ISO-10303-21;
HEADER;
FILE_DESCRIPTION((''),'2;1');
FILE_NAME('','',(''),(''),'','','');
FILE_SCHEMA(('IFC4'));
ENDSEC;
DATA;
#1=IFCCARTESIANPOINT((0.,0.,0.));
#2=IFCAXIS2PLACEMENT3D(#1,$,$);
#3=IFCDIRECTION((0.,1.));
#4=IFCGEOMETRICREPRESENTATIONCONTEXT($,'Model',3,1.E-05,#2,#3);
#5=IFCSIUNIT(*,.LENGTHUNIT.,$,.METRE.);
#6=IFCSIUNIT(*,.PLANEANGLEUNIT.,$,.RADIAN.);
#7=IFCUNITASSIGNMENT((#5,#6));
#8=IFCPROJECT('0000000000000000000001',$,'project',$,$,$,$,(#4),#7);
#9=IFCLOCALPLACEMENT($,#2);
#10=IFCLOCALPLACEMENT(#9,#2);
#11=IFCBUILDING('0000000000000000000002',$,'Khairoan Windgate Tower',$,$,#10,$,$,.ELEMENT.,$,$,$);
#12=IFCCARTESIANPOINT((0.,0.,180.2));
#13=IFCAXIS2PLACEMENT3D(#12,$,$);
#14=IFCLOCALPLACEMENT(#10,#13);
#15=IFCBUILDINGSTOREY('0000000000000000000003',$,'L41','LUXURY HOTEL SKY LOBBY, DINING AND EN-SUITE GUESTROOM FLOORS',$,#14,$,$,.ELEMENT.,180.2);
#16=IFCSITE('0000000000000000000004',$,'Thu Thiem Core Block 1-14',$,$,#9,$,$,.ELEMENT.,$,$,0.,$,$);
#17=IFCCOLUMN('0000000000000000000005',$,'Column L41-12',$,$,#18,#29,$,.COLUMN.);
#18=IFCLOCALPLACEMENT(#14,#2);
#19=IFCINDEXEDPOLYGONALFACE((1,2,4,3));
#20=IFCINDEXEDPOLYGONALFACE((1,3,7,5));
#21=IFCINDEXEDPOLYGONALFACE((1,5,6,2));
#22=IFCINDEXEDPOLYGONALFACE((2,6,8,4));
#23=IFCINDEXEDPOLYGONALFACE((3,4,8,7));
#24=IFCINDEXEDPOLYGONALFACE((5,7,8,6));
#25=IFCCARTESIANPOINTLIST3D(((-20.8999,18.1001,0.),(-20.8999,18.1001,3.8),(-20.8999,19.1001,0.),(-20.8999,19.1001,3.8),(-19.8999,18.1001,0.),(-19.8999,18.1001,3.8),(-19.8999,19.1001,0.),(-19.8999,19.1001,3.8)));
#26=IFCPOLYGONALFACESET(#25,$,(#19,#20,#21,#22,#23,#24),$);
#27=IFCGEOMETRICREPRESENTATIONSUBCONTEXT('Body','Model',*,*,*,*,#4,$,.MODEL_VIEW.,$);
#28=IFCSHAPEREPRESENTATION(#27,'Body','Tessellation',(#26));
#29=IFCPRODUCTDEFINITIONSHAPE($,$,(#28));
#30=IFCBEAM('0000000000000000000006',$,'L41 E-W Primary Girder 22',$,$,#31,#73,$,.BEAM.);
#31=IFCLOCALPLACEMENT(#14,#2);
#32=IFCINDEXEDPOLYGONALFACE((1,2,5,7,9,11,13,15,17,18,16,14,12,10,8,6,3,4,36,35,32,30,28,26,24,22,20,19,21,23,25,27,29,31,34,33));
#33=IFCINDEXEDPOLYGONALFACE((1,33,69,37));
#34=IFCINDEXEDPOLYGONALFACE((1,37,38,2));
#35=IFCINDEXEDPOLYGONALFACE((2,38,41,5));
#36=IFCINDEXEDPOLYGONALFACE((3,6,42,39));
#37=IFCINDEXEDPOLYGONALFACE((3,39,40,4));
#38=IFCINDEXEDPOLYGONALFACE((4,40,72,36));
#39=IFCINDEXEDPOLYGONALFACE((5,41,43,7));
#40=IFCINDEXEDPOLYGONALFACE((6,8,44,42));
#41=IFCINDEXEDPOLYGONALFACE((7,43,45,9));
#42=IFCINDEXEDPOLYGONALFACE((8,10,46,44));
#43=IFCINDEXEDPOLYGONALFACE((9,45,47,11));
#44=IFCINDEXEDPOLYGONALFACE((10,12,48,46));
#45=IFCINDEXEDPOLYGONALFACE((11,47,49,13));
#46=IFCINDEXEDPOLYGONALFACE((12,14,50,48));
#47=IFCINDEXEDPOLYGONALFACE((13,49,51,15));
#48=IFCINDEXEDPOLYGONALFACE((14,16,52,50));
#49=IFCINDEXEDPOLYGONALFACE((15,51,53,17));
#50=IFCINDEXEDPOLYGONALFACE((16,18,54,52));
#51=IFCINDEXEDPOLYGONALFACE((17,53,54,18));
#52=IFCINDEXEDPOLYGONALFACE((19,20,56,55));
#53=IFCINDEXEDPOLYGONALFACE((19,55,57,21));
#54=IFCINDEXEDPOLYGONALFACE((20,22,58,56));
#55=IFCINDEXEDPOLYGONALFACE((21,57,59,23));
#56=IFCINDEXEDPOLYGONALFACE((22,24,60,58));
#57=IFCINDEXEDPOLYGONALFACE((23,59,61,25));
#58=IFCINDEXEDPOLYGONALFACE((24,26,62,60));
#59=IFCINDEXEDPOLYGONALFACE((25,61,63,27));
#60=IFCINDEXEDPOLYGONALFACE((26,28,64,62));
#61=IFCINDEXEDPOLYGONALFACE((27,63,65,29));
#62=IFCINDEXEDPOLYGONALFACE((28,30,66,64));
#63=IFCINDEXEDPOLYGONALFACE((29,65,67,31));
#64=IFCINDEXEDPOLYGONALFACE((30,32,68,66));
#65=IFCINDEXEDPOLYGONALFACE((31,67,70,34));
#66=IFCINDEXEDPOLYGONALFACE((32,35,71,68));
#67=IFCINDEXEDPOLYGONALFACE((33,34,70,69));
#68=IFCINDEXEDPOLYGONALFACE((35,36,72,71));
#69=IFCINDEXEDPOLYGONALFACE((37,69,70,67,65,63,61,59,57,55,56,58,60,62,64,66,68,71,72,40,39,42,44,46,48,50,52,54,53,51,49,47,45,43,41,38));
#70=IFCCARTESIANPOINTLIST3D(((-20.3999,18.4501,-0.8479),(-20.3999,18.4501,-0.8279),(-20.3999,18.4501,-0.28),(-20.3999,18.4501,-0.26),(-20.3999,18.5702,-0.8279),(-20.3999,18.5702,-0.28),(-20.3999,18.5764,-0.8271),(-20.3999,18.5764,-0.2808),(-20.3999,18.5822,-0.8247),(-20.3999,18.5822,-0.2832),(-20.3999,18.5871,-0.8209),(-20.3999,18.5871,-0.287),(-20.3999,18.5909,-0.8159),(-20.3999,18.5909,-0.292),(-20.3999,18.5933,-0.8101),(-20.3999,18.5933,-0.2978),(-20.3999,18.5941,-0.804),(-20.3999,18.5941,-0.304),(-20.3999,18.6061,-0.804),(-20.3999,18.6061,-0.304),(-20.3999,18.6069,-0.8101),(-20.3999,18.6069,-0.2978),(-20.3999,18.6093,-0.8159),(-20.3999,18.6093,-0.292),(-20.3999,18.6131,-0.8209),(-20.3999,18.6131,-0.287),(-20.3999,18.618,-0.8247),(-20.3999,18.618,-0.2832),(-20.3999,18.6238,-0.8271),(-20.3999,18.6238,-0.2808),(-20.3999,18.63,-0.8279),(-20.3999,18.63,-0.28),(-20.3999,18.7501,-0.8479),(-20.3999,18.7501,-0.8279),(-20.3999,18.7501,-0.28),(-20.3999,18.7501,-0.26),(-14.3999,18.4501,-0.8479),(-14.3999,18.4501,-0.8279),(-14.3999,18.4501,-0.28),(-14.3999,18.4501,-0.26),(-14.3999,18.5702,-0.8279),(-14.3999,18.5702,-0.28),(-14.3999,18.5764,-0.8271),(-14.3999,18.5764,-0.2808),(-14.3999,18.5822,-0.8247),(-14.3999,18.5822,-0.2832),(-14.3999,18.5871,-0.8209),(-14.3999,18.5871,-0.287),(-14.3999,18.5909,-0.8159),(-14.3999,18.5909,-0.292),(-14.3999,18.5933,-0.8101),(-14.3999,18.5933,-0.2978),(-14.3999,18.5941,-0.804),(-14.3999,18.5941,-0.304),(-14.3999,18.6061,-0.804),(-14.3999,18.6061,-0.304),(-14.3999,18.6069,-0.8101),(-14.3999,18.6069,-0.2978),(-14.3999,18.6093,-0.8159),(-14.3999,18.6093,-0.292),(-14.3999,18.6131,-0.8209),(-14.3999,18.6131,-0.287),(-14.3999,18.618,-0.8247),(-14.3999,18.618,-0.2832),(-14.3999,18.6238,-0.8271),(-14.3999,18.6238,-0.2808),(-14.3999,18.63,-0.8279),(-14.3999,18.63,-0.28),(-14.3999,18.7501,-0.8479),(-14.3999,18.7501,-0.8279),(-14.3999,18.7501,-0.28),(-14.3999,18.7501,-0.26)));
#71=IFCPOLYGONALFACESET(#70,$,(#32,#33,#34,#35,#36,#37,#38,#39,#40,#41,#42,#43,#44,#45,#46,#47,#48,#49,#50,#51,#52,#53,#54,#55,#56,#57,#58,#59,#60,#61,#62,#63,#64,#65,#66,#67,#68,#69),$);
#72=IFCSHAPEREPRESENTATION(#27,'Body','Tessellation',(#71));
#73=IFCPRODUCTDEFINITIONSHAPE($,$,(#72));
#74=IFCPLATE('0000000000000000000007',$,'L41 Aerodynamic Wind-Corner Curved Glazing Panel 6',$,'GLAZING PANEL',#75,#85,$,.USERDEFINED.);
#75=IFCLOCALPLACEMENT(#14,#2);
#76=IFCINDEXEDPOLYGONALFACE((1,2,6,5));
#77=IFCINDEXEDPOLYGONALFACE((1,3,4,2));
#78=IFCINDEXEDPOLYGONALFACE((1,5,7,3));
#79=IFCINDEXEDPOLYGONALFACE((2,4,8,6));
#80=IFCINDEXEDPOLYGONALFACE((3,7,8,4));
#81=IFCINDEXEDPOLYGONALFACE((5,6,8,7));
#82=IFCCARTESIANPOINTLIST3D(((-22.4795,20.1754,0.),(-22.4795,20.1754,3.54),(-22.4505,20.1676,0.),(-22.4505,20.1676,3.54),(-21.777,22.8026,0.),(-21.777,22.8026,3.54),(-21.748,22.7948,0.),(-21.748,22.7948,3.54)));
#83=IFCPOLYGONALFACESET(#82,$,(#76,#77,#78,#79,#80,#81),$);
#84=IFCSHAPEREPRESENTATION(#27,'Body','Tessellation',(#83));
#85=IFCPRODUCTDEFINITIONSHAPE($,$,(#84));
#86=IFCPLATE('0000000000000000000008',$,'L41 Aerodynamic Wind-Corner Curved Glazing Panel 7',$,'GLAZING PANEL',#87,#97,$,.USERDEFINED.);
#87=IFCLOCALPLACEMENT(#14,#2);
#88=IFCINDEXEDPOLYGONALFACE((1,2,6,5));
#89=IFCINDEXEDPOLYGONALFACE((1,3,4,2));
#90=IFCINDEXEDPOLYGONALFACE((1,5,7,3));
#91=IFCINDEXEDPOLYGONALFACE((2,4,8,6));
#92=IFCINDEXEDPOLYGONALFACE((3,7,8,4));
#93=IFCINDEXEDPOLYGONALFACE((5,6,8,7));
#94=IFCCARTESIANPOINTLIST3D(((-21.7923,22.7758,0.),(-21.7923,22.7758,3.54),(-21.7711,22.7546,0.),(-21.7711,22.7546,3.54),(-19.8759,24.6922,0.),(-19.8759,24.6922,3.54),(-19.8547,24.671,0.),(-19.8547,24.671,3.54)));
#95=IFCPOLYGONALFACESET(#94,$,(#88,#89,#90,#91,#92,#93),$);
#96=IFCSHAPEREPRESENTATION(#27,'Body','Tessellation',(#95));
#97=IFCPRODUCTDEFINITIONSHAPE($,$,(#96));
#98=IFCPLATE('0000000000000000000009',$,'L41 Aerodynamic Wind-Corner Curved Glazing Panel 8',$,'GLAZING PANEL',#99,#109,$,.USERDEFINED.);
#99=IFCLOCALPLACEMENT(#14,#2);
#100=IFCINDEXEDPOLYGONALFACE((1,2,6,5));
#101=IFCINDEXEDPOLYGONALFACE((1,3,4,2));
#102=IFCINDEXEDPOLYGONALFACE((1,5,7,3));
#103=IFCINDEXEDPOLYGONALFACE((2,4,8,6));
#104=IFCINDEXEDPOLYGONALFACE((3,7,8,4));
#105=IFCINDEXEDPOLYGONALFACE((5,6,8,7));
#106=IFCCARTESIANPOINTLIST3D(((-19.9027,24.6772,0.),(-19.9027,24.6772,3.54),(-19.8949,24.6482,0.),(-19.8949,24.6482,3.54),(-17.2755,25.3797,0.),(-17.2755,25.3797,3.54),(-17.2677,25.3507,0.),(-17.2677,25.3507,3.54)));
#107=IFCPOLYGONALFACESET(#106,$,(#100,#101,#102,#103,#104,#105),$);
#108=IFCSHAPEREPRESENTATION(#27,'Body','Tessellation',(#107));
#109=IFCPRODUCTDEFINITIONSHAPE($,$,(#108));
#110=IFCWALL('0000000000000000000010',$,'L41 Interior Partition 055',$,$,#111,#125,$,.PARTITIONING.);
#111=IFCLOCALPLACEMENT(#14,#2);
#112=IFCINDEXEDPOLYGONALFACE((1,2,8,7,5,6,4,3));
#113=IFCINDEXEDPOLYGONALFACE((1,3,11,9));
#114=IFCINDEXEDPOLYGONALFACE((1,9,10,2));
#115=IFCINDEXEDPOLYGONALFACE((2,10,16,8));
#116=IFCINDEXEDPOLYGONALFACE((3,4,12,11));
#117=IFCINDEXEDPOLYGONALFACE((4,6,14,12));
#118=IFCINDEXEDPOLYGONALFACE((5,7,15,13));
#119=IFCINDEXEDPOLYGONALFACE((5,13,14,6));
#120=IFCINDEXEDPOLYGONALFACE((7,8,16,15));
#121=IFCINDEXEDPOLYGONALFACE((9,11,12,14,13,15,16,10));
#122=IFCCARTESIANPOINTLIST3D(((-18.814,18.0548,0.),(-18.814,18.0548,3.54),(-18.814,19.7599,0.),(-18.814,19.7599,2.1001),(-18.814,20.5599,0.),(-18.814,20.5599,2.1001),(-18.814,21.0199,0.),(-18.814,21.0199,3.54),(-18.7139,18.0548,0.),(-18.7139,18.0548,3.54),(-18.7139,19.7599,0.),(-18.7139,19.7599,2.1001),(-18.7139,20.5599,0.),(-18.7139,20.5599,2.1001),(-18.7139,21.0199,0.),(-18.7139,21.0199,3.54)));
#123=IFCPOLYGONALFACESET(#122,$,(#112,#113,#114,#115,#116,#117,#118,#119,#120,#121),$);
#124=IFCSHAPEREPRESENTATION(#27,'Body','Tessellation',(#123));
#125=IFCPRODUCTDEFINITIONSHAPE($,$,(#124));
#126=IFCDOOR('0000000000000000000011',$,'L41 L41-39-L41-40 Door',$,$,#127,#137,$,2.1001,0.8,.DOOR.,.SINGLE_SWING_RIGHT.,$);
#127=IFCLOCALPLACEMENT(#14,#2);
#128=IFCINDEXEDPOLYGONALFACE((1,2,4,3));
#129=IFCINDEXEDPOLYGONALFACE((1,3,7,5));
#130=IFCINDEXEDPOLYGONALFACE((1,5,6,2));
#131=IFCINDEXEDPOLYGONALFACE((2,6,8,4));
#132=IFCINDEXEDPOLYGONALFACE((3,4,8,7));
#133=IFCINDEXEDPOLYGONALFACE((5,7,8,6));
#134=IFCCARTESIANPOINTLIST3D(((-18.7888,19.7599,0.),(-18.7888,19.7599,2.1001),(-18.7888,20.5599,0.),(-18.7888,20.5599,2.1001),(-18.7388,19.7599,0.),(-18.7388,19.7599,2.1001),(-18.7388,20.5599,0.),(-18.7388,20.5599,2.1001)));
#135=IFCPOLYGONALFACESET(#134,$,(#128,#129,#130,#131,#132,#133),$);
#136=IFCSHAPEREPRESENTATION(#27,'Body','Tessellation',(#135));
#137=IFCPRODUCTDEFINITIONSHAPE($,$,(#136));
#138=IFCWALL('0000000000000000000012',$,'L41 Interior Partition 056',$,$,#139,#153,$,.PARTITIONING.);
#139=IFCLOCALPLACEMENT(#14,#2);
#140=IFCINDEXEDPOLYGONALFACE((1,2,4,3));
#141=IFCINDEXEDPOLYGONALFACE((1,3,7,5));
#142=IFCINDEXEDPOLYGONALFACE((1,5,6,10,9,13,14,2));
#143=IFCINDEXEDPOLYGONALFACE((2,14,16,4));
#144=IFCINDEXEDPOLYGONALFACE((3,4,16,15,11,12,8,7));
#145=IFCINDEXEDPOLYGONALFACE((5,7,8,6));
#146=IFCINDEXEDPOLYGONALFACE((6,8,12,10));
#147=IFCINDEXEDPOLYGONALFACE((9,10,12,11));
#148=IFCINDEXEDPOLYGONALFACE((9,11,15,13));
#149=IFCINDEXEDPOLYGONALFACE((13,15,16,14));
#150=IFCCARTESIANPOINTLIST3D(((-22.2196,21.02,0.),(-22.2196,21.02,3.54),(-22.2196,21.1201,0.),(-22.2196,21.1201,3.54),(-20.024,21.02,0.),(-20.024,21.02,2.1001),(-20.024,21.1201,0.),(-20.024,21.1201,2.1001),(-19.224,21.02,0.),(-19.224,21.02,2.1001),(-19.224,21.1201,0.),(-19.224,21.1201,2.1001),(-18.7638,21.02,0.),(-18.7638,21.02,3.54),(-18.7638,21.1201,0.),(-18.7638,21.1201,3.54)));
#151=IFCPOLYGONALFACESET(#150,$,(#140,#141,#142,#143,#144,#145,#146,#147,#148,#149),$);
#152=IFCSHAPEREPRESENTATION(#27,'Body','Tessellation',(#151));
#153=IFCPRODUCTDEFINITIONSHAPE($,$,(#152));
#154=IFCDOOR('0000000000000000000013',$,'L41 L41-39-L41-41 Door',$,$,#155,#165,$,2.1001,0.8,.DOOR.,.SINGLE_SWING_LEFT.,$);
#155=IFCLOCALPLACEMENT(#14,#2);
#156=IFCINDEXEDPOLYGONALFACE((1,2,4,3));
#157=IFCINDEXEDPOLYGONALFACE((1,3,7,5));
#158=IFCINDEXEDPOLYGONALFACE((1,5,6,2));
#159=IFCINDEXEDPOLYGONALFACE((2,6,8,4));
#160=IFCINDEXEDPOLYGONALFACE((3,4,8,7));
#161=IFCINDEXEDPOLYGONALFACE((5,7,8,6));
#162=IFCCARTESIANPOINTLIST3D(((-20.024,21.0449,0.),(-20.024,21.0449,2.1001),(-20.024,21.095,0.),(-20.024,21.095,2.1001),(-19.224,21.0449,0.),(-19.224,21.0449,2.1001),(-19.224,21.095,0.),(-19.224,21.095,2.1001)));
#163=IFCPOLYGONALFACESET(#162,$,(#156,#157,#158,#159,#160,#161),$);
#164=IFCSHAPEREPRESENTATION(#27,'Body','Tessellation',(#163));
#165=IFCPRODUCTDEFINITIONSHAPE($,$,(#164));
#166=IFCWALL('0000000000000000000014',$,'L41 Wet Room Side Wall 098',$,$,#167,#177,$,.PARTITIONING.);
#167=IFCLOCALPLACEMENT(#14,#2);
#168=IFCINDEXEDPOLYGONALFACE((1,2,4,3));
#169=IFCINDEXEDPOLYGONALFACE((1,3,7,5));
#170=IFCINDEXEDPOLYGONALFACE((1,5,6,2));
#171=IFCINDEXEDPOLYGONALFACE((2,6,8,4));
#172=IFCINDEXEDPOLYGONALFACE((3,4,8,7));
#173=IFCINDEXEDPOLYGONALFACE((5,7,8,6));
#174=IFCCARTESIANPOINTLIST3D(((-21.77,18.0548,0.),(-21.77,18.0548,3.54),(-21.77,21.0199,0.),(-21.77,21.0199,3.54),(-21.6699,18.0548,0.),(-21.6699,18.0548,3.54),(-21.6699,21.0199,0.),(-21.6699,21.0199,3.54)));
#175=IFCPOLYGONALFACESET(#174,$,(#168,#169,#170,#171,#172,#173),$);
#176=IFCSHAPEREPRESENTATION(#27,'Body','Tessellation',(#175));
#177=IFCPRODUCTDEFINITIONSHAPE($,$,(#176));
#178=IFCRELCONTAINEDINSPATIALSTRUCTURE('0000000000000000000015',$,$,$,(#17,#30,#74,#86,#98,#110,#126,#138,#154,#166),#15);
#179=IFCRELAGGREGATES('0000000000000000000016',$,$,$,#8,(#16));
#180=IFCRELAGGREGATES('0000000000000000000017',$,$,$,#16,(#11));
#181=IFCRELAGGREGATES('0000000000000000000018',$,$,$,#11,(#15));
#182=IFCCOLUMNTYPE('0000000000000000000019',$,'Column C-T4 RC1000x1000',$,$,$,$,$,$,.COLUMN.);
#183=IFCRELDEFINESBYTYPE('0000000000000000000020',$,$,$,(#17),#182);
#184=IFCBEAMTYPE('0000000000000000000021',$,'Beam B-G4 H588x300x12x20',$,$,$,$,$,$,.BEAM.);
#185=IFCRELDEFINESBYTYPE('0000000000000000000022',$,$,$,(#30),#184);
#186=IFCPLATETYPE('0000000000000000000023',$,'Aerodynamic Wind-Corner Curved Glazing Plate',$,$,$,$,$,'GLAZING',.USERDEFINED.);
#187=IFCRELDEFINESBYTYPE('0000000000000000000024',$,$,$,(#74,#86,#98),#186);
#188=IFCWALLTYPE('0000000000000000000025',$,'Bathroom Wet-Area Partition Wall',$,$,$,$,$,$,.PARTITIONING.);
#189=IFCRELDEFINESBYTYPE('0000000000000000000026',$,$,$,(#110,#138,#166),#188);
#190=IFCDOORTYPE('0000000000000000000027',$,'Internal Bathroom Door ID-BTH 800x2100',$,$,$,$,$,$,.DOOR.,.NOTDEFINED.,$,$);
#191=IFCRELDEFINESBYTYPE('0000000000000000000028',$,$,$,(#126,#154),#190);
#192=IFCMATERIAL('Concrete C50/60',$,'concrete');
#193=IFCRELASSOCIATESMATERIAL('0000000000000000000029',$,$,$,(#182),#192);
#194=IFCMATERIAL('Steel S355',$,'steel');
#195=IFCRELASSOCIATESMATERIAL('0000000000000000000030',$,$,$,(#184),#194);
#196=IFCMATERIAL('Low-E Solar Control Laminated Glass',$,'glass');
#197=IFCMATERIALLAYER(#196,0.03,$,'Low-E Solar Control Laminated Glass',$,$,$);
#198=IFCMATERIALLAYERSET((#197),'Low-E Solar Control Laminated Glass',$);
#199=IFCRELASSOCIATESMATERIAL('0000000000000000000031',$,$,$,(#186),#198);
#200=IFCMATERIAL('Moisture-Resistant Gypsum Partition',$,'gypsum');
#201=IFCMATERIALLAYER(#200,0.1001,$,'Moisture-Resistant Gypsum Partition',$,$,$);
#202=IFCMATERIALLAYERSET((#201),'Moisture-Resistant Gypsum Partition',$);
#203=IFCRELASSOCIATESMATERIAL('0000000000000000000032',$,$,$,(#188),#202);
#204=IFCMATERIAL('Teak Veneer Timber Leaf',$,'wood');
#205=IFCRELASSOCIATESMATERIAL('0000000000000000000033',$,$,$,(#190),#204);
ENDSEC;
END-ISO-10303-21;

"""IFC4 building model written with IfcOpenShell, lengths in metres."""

from ifc_helpers import new_model, si_unit, direction, frame, frame_2d, origin, origin_2d, place, context, subcontext, project, spatial, rectangle, i_section, extrude, material, layer, layer_set, material_profile, profile_set, type_object, element, fill, save


model = new_model("IFC4")

# Units and contexts
model_context = context("Model", 3, precision=1e-05, world=origin(), true_north=direction((0.0, 1.0)))
body_context = subcontext(model_context, "Body", "Model", "MODEL_VIEW")
ifc_project = project(units=[si_unit("LENGTHUNIT", "METRE"), si_unit("PLANEANGLEUNIT", "RADIAN")], contexts=[model_context])

# Site, building, storey
site_placement = place(None, origin())
site = spatial("IfcSite", under=ifc_project, at=site_placement, Name="Thu Thiem Core Block 1-14", CompositionType="ELEMENT", RefElevation=0.0)
building_placement = place(site_placement, origin())
building = spatial("IfcBuilding", under=site, at=building_placement, Name="Khairoan Windgate Tower", CompositionType="ELEMENT")
storey_placement = place(building_placement, frame((0.0, 0.0, 180.2)))
storey = spatial("IfcBuildingStorey", under=building, at=storey_placement, Name="L41", Description="LUXURY HOTEL SKY LOBBY, DINING AND EN-SUITE GUESTROOM FLOORS", CompositionType="ELEMENT", Elevation=180.2)

# Column
ifc_material_1 = material(Name="Concrete C50/60", Category="concrete")
ifc_material_profile_1 = material_profile(ifc_material_1, rectangle(XDim=1.0, YDim=1.0, at=origin_2d()))
ifc_profile_set_1 = profile_set([ifc_material_profile_1], Name="Concrete C50/60")
column_type = type_object("IfcColumnType", Name="Column C-T4 RC1000x1000", PredefinedType="COLUMN", material=ifc_profile_set_1)
column_placement = place(storey_placement, frame((-20.3999, 18.6001, 0.0), z_axis=(0.0, 0.0, 1.0), x_axis=(1.0, 0.0, 0.0)))
element("IfcColumn", 1, at=column_placement, inside=storey, type_object=column_type, Name="Column L41-12", PredefinedType="COLUMN", context=body_context, shape_type="SweptSolid", body=[
    extrude(rectangle(XDim=1.0, YDim=1.0, at=origin_2d()), origin(), (0.0, 0.0, 1.0), 3.8),
])

# Beam
ifc_material_2 = material(Name="Steel S355", Category="steel")
ifc_material_profile_2 = material_profile(ifc_material_2, i_section(OverallWidth=0.3, OverallDepth=0.5879, WebThickness=0.012, FlangeThickness=0.02, FilletRadius=0.0239, at=origin_2d()))
ifc_profile_set_2 = profile_set([ifc_material_profile_2], Name="Steel S355")
beam_type = type_object("IfcBeamType", Name="Beam B-G4 H588x300x12x20", PredefinedType="BEAM", material=ifc_profile_set_2)
beam_placement = place(storey_placement, frame((-20.3999, 18.6001, -0.554), z_axis=(1.0, 0.0, 0.0), x_axis=(0.0, 1.0, 0.0)))
element("IfcBeam", 2, at=beam_placement, inside=storey, type_object=beam_type, Name="L41 E-W Primary Girder 22", PredefinedType="BEAM", context=body_context, shape_type="SweptSolid", body=[
    extrude(i_section(OverallWidth=0.3, OverallDepth=0.5879, WebThickness=0.012, FlangeThickness=0.02, FilletRadius=0.0239, at=origin_2d()), origin(), (0.0, 0.0, 1.0), 6.0),
])

# Plates
ifc_material_3 = material(Name="Low-E Solar Control Laminated Glass", Category="glass")
ifc_layer_1 = layer(ifc_material_3, 0.03, Name="Low-E Solar Control Laminated Glass")
ifc_layer_set_1 = layer_set([ifc_layer_1], Name="Low-E Solar Control Laminated Glass")
plate_type_1 = type_object("IfcPlateType", Name="Aerodynamic Wind-Corner Curved Glazing Plate", ElementType="GLAZING", PredefinedType="USERDEFINED", material=ifc_layer_set_1)
plate_1_placement = place(storey_placement, frame((-22.1138, 21.4851, 0.0), z_axis=(0.0, 0.0, 1.0), x_axis=(0.258313, 0.966061, 0.0)))
element("IfcPlate", 3, at=plate_1_placement, inside=storey, type_object=plate_type_1, Name="L41 Aerodynamic Wind-Corner Curved Glazing Panel 6", ObjectType="GLAZING PANEL", PredefinedType="USERDEFINED", context=body_context, shape_type="SweptSolid", body=[
    extrude(rectangle(XDim=2.7195, YDim=0.03, at=origin_2d()), origin(), (0.0, 0.0, 1.0), 3.54),
])
plate_2_placement = place(storey_placement, frame((-20.8235, 23.7234, 0.0), z_axis=(0.0, 0.0, 1.0), x_axis=(0.707107, 0.707107, 0.0)))
element("IfcPlate", 4, at=plate_2_placement, inside=storey, type_object=plate_type_1, Name="L41 Aerodynamic Wind-Corner Curved Glazing Panel 7", ObjectType="GLAZING PANEL", PredefinedType="USERDEFINED", context=body_context, shape_type="SweptSolid", body=[
    extrude(rectangle(XDim=2.7102, YDim=0.03, at=origin_2d()), origin(), (0.0, 0.0, 1.0), 3.54),
])
plate_3_placement = place(storey_placement, frame((-18.5852, 25.0139, 0.0), z_axis=(0.0, 0.0, 1.0), x_axis=(0.966061, 0.258313, 0.0)))
element("IfcPlate", 5, at=plate_3_placement, inside=storey, type_object=plate_type_1, Name="L41 Aerodynamic Wind-Corner Curved Glazing Panel 8", ObjectType="GLAZING PANEL", PredefinedType="USERDEFINED", context=body_context, shape_type="SweptSolid", body=[
    extrude(rectangle(XDim=2.7195, YDim=0.03, at=origin_2d()), origin(), (0.0, 0.0, 1.0), 3.54),
])

# Walls, openings, doors
ifc_material_4 = material(Name="Moisture-Resistant Gypsum Partition", Category="gypsum")
ifc_layer_2 = layer(ifc_material_4, 0.1001, Name="Moisture-Resistant Gypsum Partition")
ifc_layer_set_2 = layer_set([ifc_layer_2], Name="Moisture-Resistant Gypsum Partition")
wall_type_1 = type_object("IfcWallType", Name="Bathroom Wet-Area Partition Wall", PredefinedType="PARTITIONING", material=ifc_layer_set_2)
wall_1_placement = place(storey_placement, frame((-18.7639, 18.0549, 0.0), z_axis=(0.0, 0.0, 1.0), x_axis=(0.0, 1.0, 0.0)))
wall_1 = element("IfcWall", 6, at=wall_1_placement, inside=storey, type_object=wall_type_1, Name="L41 Interior Partition 055", PredefinedType="PARTITIONING", context=body_context, shape_type="SweptSolid", body=[
    extrude(rectangle(XDim=2.9651, YDim=0.1001, at=frame_2d((1.4824, 0.0))), origin(), (0.0, 0.0, 1.0), 3.54),
])
opening_1_placement = place(wall_1_placement, frame((1.7051, 0.0, 0.0)))
opening_1 = element("IfcOpeningElement", 7, at=opening_1_placement, cuts=wall_1, PredefinedType="OPENING", context=body_context, shape_type="SweptSolid", body=[
    extrude(rectangle(XDim=0.8, YDim=2.1001, at=frame_2d((0.3999, 1.05))), frame((0.0, 0.0601, 0.0), z_axis=(0.0, -1.0, 0.0), x_axis=(1.0, 0.0, 0.0)), (0.0, 0.0, 1.0), 0.1201),
])
ifc_material_5 = material(Name="Teak Veneer Timber Leaf", Category="wood")
door_type_1 = type_object("IfcDoorType", Name="Internal Bathroom Door ID-BTH 800x2100", OperationType="NOTDEFINED", PredefinedType="DOOR", material=ifc_material_5)
door_1_placement = place(opening_1_placement, origin())
door_1 = element("IfcDoor", 8, at=door_1_placement, inside=storey, type_object=door_type_1, Name="L41 L41-39-L41-40 Door", OperationType="SINGLE_SWING_RIGHT", OverallHeight=2.1001, OverallWidth=0.8, PredefinedType="DOOR", context=body_context, shape_type="SweptSolid", body=[
    extrude(rectangle(XDim=0.8, YDim=2.1001, at=frame_2d((0.3999, 1.05))), frame((0.0, 0.0249, 0.0), z_axis=(0.0, -1.0, 0.0), x_axis=(1.0, 0.0, 0.0)), (0.0, 0.0, 1.0), 0.05),
])
fill(opening_1, door_1)
wall_2_placement = place(storey_placement, frame((-22.2197, 21.0701, 0.0), z_axis=(0.0, 0.0, 1.0), x_axis=(1.0, 0.0, 0.0)))
wall_2 = element("IfcWall", 9, at=wall_2_placement, inside=storey, type_object=wall_type_1, Name="L41 Interior Partition 056", PredefinedType="PARTITIONING", context=body_context, shape_type="SweptSolid", body=[
    extrude(rectangle(XDim=3.4558, YDim=0.1001, at=frame_2d((1.728, 0.0))), origin(), (0.0, 0.0, 1.0), 3.54),
])
opening_2_placement = place(wall_2_placement, frame((2.1958, 0.0, 0.0)))
opening_2 = element("IfcOpeningElement", 10, at=opening_2_placement, cuts=wall_2, PredefinedType="OPENING", context=body_context, shape_type="SweptSolid", body=[
    extrude(rectangle(XDim=0.8, YDim=2.1001, at=frame_2d((0.3999, 1.05))), frame((0.0, 0.0601, 0.0), z_axis=(0.0, -1.0, 0.0), x_axis=(1.0, 0.0, 0.0)), (0.0, 0.0, 1.0), 0.1201),
])
door_2_placement = place(opening_2_placement, origin())
door_2 = element("IfcDoor", 11, at=door_2_placement, inside=storey, type_object=door_type_1, Name="L41 L41-39-L41-41 Door", OperationType="SINGLE_SWING_LEFT", OverallHeight=2.1001, OverallWidth=0.8, PredefinedType="DOOR", context=body_context, shape_type="SweptSolid", body=[
    extrude(rectangle(XDim=0.8, YDim=2.1001, at=frame_2d((0.3999, 1.05))), frame((0.0, 0.0249, 0.0), z_axis=(0.0, -1.0, 0.0), x_axis=(1.0, 0.0, 0.0)), (0.0, 0.0, 1.0), 0.05),
])
fill(opening_2, door_2)

# Wall
wall_3_placement = place(storey_placement, frame((-21.72, 18.0549, 0.0), z_axis=(0.0, 0.0, 1.0), x_axis=(0.0, 1.0, 0.0)))
element("IfcWall", 12, at=wall_3_placement, inside=storey, type_object=wall_type_1, Name="L41 Wet Room Side Wall 098", PredefinedType="PARTITIONING", context=body_context, shape_type="SweptSolid", body=[
    extrude(rectangle(XDim=2.9651, YDim=0.1001, at=frame_2d((1.4824, 0.0))), origin(), (0.0, 0.0, 1.0), 3.54),
])

save(model, "model.ifc")
